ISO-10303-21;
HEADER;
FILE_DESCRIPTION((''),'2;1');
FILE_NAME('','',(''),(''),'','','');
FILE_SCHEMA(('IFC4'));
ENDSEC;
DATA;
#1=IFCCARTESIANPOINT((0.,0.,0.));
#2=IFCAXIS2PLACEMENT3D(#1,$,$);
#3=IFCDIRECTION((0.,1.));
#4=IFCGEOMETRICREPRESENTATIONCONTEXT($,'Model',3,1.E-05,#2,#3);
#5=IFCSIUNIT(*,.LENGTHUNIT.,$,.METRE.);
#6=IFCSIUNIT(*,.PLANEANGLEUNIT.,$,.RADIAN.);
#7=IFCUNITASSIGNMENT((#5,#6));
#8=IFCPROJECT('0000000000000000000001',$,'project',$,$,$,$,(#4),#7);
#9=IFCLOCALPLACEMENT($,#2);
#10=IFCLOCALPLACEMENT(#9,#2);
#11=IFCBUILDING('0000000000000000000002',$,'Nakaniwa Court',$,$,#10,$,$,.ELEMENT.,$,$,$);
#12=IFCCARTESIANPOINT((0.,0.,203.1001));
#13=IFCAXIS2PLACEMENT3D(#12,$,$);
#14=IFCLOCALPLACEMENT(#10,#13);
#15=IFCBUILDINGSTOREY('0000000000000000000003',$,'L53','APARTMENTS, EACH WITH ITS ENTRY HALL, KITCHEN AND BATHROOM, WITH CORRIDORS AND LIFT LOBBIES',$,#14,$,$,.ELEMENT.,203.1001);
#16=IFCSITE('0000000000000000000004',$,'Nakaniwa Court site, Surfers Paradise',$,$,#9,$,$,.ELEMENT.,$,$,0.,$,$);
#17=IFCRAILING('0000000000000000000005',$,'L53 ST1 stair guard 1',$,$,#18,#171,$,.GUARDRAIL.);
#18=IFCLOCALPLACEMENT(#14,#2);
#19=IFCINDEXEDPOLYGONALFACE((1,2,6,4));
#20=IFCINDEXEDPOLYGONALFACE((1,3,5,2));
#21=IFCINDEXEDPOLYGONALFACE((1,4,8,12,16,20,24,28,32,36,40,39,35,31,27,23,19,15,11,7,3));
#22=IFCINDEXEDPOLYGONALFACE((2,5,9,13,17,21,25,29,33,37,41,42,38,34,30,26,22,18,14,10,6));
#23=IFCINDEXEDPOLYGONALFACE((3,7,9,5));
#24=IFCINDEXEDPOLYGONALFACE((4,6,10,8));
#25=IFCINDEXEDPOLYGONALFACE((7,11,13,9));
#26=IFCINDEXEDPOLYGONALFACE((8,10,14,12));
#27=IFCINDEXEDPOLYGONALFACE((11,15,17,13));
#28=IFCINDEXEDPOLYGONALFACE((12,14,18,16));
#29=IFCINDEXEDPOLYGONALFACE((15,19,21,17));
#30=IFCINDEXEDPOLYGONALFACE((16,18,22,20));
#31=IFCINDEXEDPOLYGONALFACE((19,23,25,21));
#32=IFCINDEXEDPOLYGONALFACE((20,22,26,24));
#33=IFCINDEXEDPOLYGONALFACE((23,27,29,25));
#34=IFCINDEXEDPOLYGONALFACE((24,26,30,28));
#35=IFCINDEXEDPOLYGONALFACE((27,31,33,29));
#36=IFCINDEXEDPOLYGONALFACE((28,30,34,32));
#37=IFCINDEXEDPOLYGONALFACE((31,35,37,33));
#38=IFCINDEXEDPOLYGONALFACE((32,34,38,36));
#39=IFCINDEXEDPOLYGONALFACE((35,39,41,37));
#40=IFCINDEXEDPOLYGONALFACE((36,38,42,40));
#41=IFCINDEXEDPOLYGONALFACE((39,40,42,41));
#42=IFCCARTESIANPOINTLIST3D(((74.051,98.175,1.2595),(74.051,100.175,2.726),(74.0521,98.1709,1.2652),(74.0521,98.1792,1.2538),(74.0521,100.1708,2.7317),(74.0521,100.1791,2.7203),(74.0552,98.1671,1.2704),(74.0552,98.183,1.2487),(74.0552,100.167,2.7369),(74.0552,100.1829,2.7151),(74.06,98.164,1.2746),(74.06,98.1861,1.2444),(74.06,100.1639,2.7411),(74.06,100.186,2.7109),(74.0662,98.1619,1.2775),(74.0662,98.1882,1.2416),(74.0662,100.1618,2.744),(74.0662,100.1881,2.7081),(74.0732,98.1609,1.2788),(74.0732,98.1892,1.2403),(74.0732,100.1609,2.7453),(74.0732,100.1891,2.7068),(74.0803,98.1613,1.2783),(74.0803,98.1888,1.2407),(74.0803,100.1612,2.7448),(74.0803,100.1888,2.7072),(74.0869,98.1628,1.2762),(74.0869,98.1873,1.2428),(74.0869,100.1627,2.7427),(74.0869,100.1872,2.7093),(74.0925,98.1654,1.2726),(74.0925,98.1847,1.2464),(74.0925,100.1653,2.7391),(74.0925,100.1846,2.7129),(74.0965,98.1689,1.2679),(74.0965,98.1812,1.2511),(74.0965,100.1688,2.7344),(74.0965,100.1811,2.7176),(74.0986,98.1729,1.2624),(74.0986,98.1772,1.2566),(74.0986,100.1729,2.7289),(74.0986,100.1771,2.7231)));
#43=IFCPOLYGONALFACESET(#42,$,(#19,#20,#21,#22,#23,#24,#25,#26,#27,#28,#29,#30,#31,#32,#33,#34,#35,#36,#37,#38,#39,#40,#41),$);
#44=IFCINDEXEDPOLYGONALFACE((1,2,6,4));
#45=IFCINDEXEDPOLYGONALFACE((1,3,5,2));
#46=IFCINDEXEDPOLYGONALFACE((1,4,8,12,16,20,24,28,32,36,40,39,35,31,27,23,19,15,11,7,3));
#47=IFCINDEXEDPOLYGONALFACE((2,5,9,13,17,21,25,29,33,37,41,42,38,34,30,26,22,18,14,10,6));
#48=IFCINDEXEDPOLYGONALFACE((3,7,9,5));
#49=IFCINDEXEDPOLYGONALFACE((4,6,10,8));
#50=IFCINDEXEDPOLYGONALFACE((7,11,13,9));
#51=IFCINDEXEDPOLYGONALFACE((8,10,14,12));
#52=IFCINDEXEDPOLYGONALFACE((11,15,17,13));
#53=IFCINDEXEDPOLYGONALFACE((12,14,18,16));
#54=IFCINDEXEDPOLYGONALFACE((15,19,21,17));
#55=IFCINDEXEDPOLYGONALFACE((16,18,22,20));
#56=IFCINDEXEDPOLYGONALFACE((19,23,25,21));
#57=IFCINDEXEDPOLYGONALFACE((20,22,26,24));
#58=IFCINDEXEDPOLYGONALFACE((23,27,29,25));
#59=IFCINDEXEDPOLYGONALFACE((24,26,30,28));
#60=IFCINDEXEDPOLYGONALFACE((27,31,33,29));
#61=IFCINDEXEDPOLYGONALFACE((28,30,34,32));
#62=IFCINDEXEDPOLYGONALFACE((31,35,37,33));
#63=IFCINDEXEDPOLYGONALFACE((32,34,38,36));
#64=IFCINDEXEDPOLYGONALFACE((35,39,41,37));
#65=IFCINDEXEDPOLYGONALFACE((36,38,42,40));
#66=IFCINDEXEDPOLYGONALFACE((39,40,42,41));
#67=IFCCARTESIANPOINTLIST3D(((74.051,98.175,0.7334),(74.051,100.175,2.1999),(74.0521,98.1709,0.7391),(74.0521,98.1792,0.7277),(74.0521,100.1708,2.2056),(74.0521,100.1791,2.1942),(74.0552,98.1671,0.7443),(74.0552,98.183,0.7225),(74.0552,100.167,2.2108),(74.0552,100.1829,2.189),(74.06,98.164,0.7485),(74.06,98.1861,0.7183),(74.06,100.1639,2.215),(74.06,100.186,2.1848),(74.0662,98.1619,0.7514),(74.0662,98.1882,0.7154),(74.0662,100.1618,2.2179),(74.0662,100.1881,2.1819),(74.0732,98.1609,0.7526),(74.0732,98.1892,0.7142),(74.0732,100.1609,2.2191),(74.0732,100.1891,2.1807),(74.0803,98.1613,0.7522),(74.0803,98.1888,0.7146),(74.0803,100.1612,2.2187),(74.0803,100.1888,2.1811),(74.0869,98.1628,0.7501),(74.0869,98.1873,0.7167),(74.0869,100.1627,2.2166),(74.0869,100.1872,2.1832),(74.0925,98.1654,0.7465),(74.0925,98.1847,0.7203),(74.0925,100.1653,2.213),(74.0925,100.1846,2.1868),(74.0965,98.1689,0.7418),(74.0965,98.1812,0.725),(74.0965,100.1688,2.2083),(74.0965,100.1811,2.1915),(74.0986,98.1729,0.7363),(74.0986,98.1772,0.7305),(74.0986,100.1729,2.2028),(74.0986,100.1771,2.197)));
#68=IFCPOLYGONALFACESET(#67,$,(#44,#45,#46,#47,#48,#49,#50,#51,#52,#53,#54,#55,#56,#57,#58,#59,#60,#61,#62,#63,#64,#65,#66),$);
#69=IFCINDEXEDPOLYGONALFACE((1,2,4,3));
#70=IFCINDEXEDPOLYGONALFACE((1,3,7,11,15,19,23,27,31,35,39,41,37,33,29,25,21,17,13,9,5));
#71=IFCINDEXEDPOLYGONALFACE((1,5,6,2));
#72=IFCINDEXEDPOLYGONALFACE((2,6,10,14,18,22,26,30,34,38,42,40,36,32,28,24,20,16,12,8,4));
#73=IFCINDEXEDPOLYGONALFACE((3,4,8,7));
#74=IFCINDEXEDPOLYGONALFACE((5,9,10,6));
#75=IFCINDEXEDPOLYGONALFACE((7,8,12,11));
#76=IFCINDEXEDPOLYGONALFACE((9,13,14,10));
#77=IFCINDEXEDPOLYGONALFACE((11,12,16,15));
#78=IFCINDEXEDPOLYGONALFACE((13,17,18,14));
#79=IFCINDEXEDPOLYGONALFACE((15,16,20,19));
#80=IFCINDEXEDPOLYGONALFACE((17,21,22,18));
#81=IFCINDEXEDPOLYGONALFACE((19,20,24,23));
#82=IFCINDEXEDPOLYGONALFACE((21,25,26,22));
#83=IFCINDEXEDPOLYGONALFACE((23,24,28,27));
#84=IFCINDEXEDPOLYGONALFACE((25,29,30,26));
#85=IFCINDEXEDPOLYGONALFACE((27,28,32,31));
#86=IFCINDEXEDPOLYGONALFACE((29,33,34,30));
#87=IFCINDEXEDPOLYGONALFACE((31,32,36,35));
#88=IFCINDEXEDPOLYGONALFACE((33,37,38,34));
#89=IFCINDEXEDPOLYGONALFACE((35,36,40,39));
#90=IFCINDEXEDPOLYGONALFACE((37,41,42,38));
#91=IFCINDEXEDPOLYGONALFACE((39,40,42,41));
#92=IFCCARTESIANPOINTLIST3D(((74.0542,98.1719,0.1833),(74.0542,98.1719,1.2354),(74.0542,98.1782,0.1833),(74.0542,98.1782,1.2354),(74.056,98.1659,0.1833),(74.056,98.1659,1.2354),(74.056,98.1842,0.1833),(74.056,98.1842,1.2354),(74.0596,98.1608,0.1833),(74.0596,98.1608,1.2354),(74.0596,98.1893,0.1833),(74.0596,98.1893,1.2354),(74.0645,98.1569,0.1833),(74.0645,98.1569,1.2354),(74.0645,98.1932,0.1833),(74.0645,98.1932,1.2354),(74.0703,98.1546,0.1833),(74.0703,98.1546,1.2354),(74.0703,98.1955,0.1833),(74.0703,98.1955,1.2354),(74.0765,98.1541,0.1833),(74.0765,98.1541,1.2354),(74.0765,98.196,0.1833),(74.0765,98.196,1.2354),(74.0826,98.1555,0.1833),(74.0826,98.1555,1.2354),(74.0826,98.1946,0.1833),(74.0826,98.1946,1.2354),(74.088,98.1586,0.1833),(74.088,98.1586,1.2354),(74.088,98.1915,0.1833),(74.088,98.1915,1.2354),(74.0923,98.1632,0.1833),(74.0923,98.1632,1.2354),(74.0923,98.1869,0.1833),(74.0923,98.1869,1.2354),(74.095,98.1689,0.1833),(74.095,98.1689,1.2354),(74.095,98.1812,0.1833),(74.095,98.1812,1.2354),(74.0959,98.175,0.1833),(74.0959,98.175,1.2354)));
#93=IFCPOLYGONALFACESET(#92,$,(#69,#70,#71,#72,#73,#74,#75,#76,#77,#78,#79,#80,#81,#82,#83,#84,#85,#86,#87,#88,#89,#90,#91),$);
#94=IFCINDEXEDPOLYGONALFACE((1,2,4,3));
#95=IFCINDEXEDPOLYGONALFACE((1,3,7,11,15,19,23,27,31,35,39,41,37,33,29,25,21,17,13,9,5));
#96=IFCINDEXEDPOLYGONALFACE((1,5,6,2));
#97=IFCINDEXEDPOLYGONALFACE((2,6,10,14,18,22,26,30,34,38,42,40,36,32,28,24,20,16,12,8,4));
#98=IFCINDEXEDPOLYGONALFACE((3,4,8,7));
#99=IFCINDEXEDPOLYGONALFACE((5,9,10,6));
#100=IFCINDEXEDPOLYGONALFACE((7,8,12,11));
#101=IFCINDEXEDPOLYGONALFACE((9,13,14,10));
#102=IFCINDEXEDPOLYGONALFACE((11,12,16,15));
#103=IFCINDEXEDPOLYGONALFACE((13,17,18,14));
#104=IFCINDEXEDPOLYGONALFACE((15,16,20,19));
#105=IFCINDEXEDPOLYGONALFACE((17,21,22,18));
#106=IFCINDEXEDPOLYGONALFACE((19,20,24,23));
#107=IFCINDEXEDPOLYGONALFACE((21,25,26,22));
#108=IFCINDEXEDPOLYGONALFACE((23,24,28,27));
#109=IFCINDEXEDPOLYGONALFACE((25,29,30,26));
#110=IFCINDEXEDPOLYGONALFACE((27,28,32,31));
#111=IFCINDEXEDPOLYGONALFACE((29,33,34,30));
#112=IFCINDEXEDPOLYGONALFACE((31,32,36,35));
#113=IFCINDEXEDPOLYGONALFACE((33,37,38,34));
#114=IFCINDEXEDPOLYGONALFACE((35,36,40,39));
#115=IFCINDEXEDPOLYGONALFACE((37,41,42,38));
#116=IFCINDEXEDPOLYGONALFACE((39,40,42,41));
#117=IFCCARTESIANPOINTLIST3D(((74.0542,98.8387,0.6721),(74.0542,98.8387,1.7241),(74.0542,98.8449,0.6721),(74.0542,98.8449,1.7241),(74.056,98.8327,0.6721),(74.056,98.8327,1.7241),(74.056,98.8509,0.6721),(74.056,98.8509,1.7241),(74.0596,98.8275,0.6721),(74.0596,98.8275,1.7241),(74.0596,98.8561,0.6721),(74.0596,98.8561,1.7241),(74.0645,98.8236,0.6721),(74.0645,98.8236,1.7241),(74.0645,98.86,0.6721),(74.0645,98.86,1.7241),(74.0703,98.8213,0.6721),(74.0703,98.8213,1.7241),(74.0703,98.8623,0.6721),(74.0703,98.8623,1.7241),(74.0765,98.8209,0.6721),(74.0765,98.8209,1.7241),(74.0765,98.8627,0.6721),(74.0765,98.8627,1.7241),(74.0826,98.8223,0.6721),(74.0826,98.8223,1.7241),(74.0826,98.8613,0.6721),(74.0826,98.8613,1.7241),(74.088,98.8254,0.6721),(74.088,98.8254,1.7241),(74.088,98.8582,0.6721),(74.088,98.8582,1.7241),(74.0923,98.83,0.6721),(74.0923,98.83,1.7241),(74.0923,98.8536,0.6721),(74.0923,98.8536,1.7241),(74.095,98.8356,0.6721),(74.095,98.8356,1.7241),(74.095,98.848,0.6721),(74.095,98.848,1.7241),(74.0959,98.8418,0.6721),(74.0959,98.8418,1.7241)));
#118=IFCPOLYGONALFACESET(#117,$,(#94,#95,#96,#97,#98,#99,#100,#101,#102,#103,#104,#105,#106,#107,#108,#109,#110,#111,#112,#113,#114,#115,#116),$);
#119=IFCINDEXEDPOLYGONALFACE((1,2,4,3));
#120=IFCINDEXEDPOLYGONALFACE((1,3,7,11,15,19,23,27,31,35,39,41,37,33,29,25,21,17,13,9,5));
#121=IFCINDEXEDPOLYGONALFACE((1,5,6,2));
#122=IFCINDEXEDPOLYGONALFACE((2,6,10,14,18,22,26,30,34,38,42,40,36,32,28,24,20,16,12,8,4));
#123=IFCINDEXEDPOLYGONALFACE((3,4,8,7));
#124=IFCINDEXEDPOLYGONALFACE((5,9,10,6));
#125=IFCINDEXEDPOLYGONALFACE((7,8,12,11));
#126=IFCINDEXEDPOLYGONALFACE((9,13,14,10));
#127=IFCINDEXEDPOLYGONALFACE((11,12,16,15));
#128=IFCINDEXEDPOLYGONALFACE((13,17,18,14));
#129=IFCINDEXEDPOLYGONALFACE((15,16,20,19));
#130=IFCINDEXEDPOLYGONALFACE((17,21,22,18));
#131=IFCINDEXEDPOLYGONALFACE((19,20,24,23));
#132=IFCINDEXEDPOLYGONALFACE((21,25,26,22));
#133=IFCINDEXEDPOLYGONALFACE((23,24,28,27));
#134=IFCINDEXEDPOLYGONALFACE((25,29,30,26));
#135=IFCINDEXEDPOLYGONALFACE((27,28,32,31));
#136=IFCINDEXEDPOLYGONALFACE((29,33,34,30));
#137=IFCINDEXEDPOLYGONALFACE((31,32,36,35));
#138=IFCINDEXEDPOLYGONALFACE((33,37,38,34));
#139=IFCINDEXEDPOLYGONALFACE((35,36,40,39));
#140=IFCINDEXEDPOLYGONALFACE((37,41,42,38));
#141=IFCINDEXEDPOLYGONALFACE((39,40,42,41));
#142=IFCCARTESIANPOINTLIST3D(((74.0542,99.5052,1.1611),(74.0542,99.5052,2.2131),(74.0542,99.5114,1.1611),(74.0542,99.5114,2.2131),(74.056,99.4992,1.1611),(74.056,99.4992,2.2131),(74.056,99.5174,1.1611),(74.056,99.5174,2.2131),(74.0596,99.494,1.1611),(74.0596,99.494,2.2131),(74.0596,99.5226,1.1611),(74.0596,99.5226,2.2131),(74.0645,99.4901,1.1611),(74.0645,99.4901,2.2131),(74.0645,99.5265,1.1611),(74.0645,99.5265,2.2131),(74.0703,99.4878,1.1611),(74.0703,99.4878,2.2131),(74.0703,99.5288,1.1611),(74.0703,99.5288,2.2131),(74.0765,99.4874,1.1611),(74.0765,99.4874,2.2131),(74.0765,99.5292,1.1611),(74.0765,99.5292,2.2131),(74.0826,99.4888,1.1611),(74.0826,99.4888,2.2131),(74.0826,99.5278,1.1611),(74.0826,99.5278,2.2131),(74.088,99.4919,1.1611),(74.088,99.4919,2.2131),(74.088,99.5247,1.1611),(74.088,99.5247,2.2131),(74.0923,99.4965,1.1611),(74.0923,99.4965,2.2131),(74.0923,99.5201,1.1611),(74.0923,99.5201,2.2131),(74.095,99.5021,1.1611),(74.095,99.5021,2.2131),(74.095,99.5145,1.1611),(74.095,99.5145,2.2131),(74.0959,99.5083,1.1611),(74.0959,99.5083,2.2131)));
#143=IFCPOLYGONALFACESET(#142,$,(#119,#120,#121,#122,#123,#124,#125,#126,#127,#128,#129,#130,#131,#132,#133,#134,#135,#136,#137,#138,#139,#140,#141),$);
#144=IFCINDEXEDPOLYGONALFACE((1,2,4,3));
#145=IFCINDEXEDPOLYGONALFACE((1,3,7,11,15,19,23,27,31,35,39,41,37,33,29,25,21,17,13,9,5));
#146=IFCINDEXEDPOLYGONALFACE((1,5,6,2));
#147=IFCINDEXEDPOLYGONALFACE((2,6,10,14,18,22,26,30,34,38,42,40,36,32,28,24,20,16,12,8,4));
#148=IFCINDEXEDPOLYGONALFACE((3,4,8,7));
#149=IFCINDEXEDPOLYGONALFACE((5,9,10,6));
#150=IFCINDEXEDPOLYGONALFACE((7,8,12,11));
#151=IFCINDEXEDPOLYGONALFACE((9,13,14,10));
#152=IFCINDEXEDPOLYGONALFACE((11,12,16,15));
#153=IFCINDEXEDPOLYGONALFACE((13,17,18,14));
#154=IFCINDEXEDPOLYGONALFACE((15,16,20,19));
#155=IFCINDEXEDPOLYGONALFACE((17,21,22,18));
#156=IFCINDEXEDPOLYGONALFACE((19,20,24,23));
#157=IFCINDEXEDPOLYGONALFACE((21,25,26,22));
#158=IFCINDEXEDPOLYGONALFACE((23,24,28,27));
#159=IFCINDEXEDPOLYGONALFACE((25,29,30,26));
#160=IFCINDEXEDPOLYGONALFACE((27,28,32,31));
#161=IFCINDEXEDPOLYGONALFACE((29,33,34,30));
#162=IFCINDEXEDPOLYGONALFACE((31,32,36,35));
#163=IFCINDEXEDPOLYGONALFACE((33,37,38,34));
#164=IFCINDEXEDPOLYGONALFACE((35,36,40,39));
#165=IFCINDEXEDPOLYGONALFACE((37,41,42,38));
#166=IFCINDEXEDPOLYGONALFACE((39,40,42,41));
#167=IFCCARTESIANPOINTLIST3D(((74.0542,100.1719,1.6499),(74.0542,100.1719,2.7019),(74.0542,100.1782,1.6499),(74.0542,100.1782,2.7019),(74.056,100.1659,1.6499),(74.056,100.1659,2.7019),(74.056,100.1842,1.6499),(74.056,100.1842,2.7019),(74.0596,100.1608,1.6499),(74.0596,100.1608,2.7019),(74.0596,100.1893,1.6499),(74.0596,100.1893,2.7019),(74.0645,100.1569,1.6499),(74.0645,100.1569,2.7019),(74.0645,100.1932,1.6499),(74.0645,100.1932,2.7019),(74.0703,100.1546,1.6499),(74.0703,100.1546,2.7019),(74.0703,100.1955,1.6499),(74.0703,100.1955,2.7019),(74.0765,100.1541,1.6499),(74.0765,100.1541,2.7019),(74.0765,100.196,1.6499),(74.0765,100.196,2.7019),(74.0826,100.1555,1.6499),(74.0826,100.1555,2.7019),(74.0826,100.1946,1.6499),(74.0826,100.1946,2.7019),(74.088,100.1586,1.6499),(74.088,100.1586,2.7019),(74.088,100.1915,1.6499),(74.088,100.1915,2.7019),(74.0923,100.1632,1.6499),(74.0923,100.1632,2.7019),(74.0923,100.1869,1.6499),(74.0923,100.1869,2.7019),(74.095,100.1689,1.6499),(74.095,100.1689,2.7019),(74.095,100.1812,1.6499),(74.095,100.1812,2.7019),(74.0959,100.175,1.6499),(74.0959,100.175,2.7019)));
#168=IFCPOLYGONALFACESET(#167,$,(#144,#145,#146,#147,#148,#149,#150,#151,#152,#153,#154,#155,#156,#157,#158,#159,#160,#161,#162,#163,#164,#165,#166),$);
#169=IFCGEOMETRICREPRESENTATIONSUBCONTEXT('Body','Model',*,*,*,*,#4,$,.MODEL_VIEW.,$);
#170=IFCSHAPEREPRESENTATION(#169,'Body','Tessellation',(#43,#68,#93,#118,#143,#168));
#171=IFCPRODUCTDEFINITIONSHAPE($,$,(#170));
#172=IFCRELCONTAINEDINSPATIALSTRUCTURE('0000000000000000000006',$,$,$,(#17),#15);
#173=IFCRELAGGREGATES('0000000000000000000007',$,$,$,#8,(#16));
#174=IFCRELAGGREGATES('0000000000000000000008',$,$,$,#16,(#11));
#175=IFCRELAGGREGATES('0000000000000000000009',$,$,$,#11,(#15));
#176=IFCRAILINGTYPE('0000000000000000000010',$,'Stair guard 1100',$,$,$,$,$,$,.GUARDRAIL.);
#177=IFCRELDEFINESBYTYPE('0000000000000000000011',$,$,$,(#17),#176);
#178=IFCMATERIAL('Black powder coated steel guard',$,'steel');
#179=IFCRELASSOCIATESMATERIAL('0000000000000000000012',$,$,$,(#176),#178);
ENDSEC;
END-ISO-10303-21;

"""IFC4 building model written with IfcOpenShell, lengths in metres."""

from ifc_helpers import new_model, si_unit, direction, frame, origin, origin_2d, place, context, subcontext, project, spatial, circle, extrude, material, type_object, element, save


model = new_model("IFC4")

# Units and contexts
model_context = context("Model", 3, precision=1e-05, world=origin(), true_north=direction((0.0, 1.0)))
body_context = subcontext(model_context, "Body", "Model", "MODEL_VIEW")
ifc_project = project(units=[si_unit("LENGTHUNIT", "METRE"), si_unit("PLANEANGLEUNIT", "RADIAN")], contexts=[model_context])

# Site, building, storey
site_placement = place(None, origin())
site = spatial("IfcSite", under=ifc_project, at=site_placement, Name="Nakaniwa Court site, Surfers Paradise", CompositionType="ELEMENT", RefElevation=0.0)
building_placement = place(site_placement, origin())
building = spatial("IfcBuilding", under=site, at=building_placement, Name="Nakaniwa Court", CompositionType="ELEMENT")
storey_placement = place(building_placement, frame((0.0, 0.0, 203.1001)))
storey = spatial("IfcBuildingStorey", under=building, at=storey_placement, Name="L53", Description="APARTMENTS, EACH WITH ITS ENTRY HALL, KITCHEN AND BATHROOM, WITH CORRIDORS AND LIFT LOBBIES", CompositionType="ELEMENT", Elevation=203.1001)

# Railing
ifc_material_1 = material(Name="Black powder coated steel guard", Category="steel")
railing_type_1 = type_object("IfcRailingType", Name="Stair guard 1100", PredefinedType="GUARDRAIL", material=ifc_material_1)
railing_1_placement = place(storey_placement, frame((74.075, 98.175, 0.1833)))
element("IfcRailing", 1, at=railing_1_placement, inside=storey, type_object=railing_type_1, Name="L53 ST1 stair guard 1", PredefinedType="GUARDRAIL", context=body_context, shape_type="SweptSolid", body=[
    extrude(circle(Radius=0.0239, at=origin_2d()), frame((0.0, 0.0, 1.0762), z_axis=(0.0, 0.806427, 0.591334), x_axis=(-1.0, 0.0, 0.0)), (0.0, 0.0, 1.0), 2.48),
    extrude(circle(Radius=0.0239, at=origin_2d()), frame((0.0, 0.0, 0.55), z_axis=(0.0, 0.806427, 0.591334), x_axis=(-1.0, 0.0, 0.0)), (0.0, 0.0, 1.0), 2.48),
    extrude(circle(Radius=0.021, at=origin_2d()), origin(), (0.0, 0.0, 1.0), 1.052),
    extrude(circle(Radius=0.021, at=origin_2d()), frame((0.0, 0.6667, 0.4888)), (0.0, 0.0, 1.0), 1.052),
    extrude(circle(Radius=0.021, at=origin_2d()), frame((0.0, 1.3333, 0.9778)), (0.0, 0.0, 1.0), 1.052),
    extrude(circle(Radius=0.021, at=origin_2d()), frame((0.0, 2.0, 1.4666)), (0.0, 0.0, 1.0), 1.052),
])

save(model, "model.ifc")
